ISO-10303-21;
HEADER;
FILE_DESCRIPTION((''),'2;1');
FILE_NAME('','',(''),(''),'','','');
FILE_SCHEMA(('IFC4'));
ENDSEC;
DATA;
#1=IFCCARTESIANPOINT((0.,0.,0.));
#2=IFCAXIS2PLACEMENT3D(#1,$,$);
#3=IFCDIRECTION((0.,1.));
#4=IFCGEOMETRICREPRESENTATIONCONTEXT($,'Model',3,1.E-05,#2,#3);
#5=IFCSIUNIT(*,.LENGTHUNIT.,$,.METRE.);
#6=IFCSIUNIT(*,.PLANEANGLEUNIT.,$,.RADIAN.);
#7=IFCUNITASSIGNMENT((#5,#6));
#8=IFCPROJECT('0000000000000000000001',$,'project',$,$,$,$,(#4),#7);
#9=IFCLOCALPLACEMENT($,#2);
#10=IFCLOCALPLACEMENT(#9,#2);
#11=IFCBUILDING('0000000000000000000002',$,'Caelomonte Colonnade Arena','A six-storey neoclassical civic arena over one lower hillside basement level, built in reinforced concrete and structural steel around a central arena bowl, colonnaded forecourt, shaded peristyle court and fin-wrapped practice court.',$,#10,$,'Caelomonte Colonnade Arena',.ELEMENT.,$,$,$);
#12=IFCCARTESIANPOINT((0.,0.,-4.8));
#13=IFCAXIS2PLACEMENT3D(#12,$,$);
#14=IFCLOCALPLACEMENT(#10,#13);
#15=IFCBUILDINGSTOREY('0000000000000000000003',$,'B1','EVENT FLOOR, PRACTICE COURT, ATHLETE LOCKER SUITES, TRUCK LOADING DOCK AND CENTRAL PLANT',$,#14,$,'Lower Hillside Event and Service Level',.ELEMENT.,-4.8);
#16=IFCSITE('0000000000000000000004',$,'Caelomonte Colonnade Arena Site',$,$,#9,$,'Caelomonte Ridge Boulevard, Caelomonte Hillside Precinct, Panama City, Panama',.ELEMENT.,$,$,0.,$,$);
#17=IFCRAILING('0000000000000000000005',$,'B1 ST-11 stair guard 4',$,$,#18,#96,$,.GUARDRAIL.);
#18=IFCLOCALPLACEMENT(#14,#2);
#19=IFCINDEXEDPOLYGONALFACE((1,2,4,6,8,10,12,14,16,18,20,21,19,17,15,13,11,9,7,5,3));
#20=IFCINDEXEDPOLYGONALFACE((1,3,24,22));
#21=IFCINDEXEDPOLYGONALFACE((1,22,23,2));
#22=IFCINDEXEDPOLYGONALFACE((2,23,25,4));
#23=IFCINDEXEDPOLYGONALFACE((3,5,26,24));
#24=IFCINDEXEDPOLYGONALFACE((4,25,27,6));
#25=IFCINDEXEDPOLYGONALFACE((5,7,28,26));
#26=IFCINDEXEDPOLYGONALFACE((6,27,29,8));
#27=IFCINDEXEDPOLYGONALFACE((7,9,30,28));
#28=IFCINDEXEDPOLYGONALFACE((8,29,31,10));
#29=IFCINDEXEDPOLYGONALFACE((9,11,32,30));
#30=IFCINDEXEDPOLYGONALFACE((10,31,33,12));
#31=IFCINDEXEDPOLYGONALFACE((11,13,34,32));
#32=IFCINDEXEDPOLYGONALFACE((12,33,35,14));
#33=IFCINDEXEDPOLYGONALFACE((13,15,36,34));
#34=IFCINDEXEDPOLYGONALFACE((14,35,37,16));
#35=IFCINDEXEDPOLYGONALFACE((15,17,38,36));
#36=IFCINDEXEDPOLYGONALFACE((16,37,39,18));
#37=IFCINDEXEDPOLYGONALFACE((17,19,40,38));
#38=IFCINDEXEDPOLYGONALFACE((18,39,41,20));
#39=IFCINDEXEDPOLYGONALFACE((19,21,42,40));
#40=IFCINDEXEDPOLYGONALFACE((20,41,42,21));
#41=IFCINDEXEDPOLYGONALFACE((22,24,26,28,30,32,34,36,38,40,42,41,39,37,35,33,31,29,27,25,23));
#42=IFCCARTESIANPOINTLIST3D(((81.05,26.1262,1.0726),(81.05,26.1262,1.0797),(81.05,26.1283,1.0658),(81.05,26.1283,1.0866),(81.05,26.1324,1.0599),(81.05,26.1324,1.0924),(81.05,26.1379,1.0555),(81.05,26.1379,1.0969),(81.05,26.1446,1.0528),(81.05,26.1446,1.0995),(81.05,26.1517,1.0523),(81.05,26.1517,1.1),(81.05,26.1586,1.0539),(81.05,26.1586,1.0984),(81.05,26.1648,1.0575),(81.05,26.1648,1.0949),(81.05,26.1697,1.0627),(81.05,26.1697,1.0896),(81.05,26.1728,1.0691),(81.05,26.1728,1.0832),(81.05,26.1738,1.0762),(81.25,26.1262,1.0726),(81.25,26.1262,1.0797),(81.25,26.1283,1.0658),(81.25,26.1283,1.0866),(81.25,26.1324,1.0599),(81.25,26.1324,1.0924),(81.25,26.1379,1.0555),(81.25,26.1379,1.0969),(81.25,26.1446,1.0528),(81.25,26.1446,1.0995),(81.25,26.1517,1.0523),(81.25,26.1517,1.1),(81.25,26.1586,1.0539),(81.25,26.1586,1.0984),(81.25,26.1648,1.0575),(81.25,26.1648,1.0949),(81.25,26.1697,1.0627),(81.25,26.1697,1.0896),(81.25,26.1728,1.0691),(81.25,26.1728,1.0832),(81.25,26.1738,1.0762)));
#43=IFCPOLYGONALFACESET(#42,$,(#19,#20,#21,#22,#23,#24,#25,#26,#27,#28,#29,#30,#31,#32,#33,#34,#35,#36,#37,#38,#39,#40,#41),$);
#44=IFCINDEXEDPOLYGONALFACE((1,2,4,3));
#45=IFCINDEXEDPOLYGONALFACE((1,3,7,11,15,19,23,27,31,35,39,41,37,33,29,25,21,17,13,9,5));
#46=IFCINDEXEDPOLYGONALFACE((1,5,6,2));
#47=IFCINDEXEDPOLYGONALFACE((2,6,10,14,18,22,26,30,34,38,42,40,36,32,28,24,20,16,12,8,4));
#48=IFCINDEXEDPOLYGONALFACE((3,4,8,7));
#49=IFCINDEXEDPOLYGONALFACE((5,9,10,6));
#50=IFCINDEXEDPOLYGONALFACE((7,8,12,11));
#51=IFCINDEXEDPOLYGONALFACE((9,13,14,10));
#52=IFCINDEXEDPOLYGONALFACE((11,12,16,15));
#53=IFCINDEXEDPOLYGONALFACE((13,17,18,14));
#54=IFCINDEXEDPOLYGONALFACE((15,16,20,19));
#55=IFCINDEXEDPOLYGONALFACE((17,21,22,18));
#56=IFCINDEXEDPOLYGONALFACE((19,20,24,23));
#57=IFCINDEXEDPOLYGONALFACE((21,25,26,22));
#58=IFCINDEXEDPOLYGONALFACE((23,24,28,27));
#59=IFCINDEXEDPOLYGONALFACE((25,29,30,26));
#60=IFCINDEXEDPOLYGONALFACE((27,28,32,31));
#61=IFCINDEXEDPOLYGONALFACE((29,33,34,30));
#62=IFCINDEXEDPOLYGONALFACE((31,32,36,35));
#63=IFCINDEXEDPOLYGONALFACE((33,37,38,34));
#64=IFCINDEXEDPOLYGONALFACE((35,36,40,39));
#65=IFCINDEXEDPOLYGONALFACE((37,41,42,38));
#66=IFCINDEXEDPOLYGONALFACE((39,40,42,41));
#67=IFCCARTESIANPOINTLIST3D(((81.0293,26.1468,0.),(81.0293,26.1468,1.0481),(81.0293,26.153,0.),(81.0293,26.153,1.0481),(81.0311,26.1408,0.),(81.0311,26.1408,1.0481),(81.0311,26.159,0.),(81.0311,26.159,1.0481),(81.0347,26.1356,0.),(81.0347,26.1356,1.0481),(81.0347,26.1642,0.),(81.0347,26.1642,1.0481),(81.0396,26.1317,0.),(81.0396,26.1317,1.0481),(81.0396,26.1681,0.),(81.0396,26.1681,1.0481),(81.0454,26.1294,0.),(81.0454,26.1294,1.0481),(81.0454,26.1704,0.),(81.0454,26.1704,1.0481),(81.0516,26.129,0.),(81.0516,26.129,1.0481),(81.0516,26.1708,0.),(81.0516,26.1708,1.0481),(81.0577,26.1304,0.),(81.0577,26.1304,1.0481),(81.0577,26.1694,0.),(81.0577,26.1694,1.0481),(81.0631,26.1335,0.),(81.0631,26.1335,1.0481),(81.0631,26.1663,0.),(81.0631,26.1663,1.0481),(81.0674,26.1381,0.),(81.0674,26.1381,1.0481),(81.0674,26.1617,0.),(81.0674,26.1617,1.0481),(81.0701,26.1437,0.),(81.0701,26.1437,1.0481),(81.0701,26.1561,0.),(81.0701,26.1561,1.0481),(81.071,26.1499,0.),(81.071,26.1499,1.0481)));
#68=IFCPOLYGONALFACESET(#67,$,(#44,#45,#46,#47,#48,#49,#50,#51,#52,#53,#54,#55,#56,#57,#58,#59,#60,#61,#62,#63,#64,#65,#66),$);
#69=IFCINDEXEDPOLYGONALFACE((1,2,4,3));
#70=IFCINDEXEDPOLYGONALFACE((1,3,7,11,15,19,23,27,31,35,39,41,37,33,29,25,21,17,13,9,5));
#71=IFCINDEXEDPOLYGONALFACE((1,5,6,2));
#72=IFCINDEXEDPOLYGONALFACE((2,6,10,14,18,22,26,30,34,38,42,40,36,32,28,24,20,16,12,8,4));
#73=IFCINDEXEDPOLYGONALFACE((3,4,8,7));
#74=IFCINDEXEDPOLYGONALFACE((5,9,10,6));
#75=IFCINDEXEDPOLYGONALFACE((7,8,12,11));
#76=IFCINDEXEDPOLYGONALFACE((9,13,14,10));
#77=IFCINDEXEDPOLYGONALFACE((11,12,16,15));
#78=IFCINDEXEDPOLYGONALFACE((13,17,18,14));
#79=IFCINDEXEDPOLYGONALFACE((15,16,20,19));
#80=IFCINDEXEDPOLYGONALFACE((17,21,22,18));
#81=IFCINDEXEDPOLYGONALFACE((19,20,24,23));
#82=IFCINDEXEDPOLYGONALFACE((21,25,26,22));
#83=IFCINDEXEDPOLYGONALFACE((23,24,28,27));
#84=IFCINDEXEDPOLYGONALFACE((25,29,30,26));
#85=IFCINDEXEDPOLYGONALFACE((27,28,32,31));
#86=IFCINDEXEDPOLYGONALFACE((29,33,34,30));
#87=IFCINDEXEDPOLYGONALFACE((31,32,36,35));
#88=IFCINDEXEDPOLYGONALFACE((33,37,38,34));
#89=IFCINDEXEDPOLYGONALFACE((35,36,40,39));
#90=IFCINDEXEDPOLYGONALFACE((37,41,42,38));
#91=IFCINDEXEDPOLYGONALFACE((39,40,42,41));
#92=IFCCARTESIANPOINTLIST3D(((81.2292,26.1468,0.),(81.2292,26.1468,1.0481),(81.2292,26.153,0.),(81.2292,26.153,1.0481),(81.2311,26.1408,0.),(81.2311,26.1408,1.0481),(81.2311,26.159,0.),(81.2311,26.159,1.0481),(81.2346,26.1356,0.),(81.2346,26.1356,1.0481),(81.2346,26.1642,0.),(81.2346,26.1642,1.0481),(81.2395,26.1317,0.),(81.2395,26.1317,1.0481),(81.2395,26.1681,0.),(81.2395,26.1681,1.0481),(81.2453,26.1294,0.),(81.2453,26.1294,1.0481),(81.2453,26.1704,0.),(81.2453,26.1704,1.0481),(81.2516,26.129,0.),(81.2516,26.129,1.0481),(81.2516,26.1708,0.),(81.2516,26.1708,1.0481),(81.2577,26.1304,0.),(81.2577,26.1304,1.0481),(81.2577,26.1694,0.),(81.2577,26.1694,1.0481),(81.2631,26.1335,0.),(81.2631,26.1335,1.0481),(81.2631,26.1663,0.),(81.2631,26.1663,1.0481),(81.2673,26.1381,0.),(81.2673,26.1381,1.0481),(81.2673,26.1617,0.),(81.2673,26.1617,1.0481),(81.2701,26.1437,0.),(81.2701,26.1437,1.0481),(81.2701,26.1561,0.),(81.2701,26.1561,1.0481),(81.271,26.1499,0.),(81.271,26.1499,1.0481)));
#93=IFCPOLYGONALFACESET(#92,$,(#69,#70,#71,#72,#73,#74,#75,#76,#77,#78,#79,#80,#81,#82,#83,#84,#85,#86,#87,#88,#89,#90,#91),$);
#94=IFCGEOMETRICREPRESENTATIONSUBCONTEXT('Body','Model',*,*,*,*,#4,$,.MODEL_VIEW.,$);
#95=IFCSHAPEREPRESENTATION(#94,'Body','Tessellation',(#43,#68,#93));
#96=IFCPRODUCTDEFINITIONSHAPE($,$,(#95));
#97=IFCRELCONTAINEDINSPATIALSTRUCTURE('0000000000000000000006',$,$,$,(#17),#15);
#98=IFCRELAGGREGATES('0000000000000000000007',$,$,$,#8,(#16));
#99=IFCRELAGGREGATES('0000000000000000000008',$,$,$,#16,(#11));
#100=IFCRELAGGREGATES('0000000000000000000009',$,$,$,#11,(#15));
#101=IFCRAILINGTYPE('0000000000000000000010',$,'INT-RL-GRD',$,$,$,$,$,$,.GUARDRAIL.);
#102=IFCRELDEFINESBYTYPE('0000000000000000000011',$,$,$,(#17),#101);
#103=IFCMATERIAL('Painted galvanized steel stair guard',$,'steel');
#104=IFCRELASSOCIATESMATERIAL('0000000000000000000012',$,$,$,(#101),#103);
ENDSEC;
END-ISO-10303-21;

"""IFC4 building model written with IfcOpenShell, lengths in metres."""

from ifc_helpers import new_model, si_unit, direction, frame, origin, origin_2d, place, context, subcontext, project, spatial, circle, extrude, material, type_object, element, save


model = new_model("IFC4")

# Units and contexts
model_context = context("Model", 3, precision=1e-05, world=origin(), true_north=direction((0.0, 1.0)))
body_context = subcontext(model_context, "Body", "Model", "MODEL_VIEW")
ifc_project = project(units=[si_unit("LENGTHUNIT", "METRE"), si_unit("PLANEANGLEUNIT", "RADIAN")], contexts=[model_context])

# Site, building, storey
site_placement = place(None, origin())
site = spatial("IfcSite", under=ifc_project, at=site_placement, Name="Caelomonte Colonnade Arena Site", LongName="Caelomonte Ridge Boulevard, Caelomonte Hillside Precinct, Panama City, Panama", CompositionType="ELEMENT", RefElevation=0.0)
building_placement = place(site_placement, origin())
building = spatial("IfcBuilding", under=site, at=building_placement, Name="Caelomonte Colonnade Arena", Description="A six-storey neoclassical civic arena over one lower hillside basement level, built in reinforced concrete and structural steel around a central arena bowl, colonnaded forecourt, shaded peristyle court and fin-wrapped practice court.", LongName="Caelomonte Colonnade Arena", CompositionType="ELEMENT")
storey_placement = place(building_placement, frame((0.0, 0.0, -4.8)))
storey = spatial("IfcBuildingStorey", under=building, at=storey_placement, Name="B1", Description="EVENT FLOOR, PRACTICE COURT, ATHLETE LOCKER SUITES, TRUCK LOADING DOCK AND CENTRAL PLANT", LongName="Lower Hillside Event and Service Level", CompositionType="ELEMENT", Elevation=-4.8)

# Railing
ifc_material_1 = material(Name="Painted galvanized steel stair guard", Category="steel")
railing_type_1 = type_object("IfcRailingType", Name="INT-RL-GRD", PredefinedType="GUARDRAIL", material=ifc_material_1)
railing_1_placement = place(storey_placement, frame((81.05, 26.1499, 0.0)))
element("IfcRailing", 1, at=railing_1_placement, inside=storey, type_object=railing_type_1, Name="B1 ST-11 stair guard 4", PredefinedType="GUARDRAIL", context=body_context, shape_type="SweptSolid", body=[
    extrude(circle(Radius=0.0239, at=origin_2d()), frame((0.0, 0.0, 1.0762), z_axis=(1.0, 0.0, 0.0), x_axis=(0.0, 1.0, 0.0)), (0.0, 0.0, 1.0), 0.2),
    extrude(circle(Radius=0.021, at=origin_2d()), origin(), (0.0, 0.0, 1.0), 1.0481),
    extrude(circle(Radius=0.021, at=origin_2d()), frame((0.2, 0.0, 0.0)), (0.0, 0.0, 1.0), 1.0481),
])

save(model, "model.ifc")
